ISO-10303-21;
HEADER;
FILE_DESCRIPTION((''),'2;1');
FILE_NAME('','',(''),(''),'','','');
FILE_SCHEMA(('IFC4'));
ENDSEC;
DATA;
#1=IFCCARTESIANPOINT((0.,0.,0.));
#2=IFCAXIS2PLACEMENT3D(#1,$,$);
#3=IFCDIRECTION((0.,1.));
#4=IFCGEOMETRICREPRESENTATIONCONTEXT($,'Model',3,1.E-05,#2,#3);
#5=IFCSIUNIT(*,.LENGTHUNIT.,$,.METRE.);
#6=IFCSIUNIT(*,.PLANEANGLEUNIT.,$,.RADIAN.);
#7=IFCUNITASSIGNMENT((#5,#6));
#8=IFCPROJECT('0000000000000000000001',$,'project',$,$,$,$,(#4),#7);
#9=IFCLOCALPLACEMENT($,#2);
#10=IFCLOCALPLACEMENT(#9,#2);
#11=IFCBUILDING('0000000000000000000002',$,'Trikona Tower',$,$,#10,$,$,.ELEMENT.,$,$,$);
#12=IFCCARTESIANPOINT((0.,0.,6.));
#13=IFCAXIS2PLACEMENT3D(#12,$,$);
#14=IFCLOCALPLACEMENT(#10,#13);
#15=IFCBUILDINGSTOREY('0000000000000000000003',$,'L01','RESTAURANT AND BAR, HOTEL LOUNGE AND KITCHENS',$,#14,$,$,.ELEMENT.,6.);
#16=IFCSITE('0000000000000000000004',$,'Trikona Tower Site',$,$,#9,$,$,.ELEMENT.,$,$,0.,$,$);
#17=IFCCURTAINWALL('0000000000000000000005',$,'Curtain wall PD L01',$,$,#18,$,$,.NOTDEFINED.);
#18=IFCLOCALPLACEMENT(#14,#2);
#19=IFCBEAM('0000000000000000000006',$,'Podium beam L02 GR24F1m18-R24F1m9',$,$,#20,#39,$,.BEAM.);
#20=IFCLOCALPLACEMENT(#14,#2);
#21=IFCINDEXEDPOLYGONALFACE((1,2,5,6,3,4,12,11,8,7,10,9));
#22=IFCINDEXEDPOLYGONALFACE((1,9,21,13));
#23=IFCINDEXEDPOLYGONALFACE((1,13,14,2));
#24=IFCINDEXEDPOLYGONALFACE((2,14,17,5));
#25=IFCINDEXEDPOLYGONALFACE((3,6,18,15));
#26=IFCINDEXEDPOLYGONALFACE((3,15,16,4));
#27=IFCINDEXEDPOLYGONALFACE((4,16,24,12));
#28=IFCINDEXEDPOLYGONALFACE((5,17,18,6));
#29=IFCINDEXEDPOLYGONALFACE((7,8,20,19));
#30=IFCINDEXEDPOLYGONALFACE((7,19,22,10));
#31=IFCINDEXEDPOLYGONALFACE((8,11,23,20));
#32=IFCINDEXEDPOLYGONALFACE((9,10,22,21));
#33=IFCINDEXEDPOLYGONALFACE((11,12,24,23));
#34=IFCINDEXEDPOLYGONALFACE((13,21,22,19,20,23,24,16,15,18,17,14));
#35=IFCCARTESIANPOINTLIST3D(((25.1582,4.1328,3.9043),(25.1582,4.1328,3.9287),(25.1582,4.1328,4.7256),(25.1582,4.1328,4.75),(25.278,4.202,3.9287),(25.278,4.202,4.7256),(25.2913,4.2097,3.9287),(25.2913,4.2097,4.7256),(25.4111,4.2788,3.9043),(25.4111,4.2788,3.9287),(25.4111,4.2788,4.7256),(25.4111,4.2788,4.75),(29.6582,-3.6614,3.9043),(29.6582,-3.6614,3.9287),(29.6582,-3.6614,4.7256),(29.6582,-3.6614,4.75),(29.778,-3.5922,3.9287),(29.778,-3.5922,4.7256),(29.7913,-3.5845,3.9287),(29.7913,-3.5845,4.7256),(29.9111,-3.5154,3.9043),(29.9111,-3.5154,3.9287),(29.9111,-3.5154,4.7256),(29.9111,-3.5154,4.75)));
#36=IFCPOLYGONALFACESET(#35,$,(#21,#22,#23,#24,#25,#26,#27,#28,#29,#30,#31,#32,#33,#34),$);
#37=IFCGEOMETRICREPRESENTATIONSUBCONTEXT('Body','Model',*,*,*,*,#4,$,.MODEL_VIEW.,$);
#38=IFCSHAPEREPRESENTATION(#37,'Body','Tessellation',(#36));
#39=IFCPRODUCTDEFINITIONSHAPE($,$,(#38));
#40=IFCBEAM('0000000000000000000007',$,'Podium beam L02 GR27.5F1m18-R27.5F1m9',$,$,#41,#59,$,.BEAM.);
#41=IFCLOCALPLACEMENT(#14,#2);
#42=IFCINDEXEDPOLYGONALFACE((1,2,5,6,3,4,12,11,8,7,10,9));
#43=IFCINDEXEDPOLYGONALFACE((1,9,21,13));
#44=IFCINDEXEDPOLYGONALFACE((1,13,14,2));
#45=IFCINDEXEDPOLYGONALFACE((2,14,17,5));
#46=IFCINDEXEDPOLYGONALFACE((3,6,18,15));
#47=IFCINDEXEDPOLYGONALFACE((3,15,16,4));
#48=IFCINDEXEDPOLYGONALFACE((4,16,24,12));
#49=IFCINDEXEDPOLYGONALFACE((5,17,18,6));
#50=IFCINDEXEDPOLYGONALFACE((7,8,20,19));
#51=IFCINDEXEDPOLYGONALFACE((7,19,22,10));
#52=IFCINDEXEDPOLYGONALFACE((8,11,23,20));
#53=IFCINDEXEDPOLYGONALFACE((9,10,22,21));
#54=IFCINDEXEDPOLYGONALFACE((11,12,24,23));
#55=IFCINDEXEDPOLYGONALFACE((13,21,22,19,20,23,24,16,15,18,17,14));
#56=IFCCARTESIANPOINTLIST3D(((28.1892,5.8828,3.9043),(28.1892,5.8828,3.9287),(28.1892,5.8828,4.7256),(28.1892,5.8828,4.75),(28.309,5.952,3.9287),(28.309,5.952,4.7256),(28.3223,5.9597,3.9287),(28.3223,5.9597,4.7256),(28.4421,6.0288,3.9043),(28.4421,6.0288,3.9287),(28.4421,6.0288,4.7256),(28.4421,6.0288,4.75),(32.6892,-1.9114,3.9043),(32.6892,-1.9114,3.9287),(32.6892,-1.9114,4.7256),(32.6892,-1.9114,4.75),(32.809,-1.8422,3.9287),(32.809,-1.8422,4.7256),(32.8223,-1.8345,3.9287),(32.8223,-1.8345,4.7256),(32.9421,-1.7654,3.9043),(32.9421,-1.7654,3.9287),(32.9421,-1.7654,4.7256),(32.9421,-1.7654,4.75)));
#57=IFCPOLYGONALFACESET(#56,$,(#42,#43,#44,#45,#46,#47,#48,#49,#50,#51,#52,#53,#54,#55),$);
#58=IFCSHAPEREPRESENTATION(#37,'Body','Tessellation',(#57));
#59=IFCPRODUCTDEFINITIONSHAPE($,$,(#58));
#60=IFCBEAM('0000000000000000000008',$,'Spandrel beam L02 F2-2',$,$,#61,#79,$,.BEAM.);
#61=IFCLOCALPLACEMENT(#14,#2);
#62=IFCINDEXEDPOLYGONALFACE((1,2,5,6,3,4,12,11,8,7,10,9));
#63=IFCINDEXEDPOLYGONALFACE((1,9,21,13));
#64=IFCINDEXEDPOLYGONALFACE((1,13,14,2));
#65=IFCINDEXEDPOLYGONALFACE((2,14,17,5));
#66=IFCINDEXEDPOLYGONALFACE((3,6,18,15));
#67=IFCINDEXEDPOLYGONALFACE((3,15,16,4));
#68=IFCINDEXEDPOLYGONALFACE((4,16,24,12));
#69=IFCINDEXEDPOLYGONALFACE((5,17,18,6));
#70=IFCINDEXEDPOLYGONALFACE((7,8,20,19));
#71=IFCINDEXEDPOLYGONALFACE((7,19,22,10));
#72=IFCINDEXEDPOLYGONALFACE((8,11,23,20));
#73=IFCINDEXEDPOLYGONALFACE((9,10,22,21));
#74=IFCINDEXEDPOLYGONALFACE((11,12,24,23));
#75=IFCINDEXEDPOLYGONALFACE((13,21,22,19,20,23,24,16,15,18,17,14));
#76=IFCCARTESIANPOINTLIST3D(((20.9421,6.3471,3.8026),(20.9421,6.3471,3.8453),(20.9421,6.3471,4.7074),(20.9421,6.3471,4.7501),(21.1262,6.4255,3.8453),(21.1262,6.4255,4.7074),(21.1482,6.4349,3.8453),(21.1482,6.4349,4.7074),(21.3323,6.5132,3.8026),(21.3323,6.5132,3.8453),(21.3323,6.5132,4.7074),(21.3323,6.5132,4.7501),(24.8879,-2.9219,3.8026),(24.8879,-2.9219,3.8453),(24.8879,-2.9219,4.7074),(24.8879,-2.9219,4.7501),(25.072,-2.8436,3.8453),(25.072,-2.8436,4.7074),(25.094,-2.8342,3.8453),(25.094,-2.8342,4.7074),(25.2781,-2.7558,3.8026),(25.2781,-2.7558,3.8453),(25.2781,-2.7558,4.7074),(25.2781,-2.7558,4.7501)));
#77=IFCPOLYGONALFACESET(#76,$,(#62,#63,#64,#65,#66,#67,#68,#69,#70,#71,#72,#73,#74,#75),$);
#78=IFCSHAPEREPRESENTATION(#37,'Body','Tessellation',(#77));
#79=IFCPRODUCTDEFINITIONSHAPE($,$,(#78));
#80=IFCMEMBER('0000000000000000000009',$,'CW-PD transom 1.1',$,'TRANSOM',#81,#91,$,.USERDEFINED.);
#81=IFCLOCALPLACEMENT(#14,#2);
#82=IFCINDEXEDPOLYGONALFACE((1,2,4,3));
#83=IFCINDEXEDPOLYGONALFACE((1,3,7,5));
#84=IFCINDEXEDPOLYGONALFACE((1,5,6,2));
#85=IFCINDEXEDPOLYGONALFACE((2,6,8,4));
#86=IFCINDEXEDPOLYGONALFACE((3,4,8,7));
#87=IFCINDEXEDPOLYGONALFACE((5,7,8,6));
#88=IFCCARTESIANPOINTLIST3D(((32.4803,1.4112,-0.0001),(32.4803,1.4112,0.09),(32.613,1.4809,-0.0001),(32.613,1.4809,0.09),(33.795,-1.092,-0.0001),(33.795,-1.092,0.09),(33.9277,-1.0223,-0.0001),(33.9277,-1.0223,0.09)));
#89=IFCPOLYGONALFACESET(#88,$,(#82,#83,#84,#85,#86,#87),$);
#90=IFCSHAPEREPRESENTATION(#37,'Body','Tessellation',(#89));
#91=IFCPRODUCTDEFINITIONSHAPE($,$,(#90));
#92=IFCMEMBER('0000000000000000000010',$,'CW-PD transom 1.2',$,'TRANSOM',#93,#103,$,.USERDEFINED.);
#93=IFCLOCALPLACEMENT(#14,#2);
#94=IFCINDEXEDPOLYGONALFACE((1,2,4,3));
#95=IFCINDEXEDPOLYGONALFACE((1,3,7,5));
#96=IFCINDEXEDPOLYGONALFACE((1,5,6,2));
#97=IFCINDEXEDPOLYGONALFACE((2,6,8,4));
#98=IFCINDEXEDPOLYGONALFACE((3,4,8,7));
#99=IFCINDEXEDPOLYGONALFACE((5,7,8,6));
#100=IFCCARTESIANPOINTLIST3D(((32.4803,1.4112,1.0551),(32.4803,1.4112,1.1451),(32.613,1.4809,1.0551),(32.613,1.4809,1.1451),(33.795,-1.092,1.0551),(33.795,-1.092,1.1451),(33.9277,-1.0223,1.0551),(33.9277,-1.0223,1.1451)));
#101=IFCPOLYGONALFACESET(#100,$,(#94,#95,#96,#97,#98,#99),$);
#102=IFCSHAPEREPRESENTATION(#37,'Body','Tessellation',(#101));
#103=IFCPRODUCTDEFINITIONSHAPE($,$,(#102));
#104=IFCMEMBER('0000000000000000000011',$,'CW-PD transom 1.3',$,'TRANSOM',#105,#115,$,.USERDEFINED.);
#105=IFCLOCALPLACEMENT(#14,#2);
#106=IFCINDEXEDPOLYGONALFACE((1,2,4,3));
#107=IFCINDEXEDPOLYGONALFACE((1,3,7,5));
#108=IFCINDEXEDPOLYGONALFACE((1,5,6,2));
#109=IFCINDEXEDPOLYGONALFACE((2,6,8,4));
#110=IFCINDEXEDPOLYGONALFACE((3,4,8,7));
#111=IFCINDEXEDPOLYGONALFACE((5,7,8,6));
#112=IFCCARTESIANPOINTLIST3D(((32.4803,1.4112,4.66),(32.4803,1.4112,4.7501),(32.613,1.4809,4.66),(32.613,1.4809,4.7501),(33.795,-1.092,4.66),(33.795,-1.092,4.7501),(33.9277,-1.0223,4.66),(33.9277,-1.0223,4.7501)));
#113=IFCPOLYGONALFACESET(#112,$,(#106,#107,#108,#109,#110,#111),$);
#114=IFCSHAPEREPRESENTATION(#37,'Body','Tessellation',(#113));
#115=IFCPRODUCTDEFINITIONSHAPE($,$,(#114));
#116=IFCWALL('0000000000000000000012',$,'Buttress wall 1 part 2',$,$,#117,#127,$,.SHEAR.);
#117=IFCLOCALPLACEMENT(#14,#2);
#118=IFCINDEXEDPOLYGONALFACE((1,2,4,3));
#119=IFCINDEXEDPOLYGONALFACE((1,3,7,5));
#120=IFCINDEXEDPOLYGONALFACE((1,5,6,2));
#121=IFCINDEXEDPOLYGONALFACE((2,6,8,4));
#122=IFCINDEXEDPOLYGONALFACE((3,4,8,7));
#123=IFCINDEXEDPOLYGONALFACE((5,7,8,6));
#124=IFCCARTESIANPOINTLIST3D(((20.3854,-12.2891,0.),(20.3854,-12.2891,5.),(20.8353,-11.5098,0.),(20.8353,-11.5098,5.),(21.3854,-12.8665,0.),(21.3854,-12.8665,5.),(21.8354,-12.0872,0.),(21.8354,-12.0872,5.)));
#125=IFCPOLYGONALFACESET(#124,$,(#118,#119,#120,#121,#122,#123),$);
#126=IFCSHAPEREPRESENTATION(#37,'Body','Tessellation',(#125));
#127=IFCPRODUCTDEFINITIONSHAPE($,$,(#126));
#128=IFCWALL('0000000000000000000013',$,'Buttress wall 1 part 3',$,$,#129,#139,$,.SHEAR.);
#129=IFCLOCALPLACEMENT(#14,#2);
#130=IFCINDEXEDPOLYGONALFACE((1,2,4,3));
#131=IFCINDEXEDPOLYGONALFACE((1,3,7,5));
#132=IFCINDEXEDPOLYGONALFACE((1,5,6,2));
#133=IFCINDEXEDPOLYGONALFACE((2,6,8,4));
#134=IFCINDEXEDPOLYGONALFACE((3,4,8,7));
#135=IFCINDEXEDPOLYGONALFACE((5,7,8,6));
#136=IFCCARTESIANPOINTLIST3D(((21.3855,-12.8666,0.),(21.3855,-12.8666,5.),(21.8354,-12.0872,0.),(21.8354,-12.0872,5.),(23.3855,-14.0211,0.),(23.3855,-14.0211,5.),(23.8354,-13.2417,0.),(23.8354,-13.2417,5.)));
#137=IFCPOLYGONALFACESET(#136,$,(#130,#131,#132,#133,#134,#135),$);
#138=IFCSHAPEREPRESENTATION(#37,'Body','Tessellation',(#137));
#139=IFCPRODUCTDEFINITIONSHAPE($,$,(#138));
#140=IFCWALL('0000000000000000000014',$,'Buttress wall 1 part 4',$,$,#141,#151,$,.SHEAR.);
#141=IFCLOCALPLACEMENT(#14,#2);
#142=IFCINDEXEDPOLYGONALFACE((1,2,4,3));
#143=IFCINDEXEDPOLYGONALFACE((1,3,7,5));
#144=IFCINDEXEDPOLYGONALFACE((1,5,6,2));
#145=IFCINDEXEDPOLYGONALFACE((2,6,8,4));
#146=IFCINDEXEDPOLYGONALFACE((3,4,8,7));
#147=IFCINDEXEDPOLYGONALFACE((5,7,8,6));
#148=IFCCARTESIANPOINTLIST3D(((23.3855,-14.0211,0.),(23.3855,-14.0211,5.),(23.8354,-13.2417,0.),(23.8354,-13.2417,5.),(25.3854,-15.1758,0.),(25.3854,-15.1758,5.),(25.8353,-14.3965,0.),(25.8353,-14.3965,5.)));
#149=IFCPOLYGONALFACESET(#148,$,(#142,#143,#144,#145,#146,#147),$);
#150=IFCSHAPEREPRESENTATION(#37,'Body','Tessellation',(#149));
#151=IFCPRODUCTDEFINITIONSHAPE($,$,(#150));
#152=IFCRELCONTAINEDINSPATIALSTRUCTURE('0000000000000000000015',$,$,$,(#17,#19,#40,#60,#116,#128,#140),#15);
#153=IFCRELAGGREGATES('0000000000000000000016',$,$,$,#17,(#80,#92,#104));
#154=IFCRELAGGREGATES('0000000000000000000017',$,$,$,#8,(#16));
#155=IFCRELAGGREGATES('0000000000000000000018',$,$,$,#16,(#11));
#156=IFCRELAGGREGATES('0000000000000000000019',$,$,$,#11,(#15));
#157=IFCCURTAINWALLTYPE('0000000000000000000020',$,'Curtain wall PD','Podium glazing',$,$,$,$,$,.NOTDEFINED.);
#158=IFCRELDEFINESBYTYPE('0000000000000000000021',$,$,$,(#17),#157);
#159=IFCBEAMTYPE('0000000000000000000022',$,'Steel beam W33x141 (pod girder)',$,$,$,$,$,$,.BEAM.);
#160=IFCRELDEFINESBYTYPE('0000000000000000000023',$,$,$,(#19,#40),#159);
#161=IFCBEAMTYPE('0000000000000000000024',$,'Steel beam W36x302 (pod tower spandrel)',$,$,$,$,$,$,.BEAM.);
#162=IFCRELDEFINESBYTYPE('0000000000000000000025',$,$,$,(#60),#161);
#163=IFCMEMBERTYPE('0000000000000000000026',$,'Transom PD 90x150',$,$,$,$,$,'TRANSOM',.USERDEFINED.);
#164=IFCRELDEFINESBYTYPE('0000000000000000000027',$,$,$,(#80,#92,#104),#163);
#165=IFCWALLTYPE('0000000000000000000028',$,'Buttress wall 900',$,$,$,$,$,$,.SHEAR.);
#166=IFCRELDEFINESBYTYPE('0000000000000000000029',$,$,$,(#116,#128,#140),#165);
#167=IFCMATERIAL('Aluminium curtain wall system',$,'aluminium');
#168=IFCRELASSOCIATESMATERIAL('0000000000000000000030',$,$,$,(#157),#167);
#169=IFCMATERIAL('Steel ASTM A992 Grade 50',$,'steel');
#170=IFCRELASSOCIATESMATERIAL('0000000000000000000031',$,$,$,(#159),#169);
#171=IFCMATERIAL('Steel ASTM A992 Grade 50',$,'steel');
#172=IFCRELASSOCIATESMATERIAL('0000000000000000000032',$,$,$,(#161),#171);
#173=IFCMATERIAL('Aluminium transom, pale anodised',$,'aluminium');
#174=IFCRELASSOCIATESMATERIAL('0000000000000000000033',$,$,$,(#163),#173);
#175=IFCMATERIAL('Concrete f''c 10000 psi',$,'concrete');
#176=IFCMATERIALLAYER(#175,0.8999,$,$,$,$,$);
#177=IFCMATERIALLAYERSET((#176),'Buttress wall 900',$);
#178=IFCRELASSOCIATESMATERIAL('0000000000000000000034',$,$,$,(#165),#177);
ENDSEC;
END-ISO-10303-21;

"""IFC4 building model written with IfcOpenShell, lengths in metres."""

from ifc_helpers import new_model, si_unit, direction, frame, frame_2d, origin, origin_2d, place, context, subcontext, project, spatial, rectangle, i_section, extrude, material, layer, layer_set, material_profile, profile_set, type_object, element, aggregate, save


model = new_model("IFC4")

# Units and contexts
model_context = context("Model", 3, precision=1e-05, world=origin(), true_north=direction((0.0, 1.0)))
body_context = subcontext(model_context, "Body", "Model", "MODEL_VIEW")
ifc_project = project(units=[si_unit("LENGTHUNIT", "METRE"), si_unit("PLANEANGLEUNIT", "RADIAN")], contexts=[model_context])

# Site, building, storey
site_placement = place(None, origin())
site = spatial("IfcSite", under=ifc_project, at=site_placement, Name="Trikona Tower Site", CompositionType="ELEMENT", RefElevation=0.0)
building_placement = place(site_placement, origin())
building = spatial("IfcBuilding", under=site, at=building_placement, Name="Trikona Tower", CompositionType="ELEMENT")
storey_placement = place(building_placement, frame((0.0, 0.0, 6.0)))
storey = spatial("IfcBuildingStorey", under=building, at=storey_placement, Name="L01", Description="RESTAURANT AND BAR, HOTEL LOUNGE AND KITCHENS", CompositionType="ELEMENT", Elevation=6.0)

# Curtain wall
ifc_material_1 = material(Name="Aluminium curtain wall system", Category="aluminium")
curtain_wall_type = type_object("IfcCurtainWallType", Name="Curtain wall PD", Description="Podium glazing", PredefinedType="NOTDEFINED", material=ifc_material_1)
curtain_wall_1_placement = place(storey_placement, origin())
curtain_wall_1 = element("IfcCurtainWall", 1, at=curtain_wall_1_placement, inside=storey, type_object=curtain_wall_type, Name="Curtain wall PD L01", PredefinedType="NOTDEFINED")

# Beams
ifc_material_2 = material(Name="Steel ASTM A992 Grade 50", Category="steel")
ifc_material_profile_1 = material_profile(ifc_material_2, i_section(OverallWidth=0.292, OverallDepth=0.8457, WebThickness=0.0154, FlangeThickness=0.0244, at=origin_2d()), Name="W33X141")
ifc_profile_set_1 = profile_set([ifc_material_profile_1], Name="Steel ASTM A992 Grade 50")
beam_type_1 = type_object("IfcBeamType", Name="Steel beam W33x141 (pod girder)", PredefinedType="BEAM", material=ifc_profile_set_1)
for number, where, z_axis, x_axis, name in (
    (2, (29.7847, -3.5884, 4.3271), (-0.500002, 0.866024, 0.0), (-0.866024, -0.500002, 0.0), "Podium beam L02 GR24F1m18-R24F1m9"),
    (3, (32.8157, -1.8384, 4.3271), (-0.500002, 0.866024, 0.0), (-0.866024, -0.500002, 0.0), "Podium beam L02 GR27.5F1m18-R27.5F1m9"),
):
    element("IfcBeam", number, at=place(storey_placement, frame(where, z_axis=z_axis, x_axis=x_axis)), inside=storey, type_object=beam_type_1, Name=name, PredefinedType="BEAM", context=body_context, shape_type="SweptSolid", body=[
        extrude(i_section(OverallWidth=0.292, OverallDepth=0.8457, WebThickness=0.0154, FlangeThickness=0.0244, at=origin_2d()), origin(), (0.0, 0.0, 1.0), 9.0),
    ])
ifc_material_3 = material(Name="Steel ASTM A992 Grade 50", Category="steel")
ifc_material_profile_2 = material_profile(ifc_material_3, i_section(OverallWidth=0.4241, OverallDepth=0.9475, WebThickness=0.0239, FlangeThickness=0.0427, at=origin_2d()), Name="W36X302")
ifc_profile_set_2 = profile_set([ifc_material_profile_2], Name="Steel ASTM A992 Grade 50")
beam_type_2 = type_object("IfcBeamType", Name="Steel beam W36x302 (pod tower spandrel)", PredefinedType="BEAM", material=ifc_profile_set_2)
beam_1_placement = place(storey_placement, frame((25.083, -2.8389, 4.2764), z_axis=(-0.391684, 0.9201, 0.0), x_axis=(-0.9201, -0.391684, 0.0)))
element("IfcBeam", 4, at=beam_1_placement, inside=storey, type_object=beam_type_2, Name="Spandrel beam L02 F2-2", PredefinedType="BEAM", context=body_context, shape_type="SweptSolid", body=[
    extrude(i_section(OverallWidth=0.4241, OverallDepth=0.9475, WebThickness=0.0239, FlangeThickness=0.0427, at=origin_2d()), origin(), (0.0, 0.0, 1.0), 10.074),
])

# Members
ifc_material_4 = material(Name="Aluminium transom, pale anodised", Category="aluminium")
ifc_material_profile_3 = material_profile(ifc_material_4, rectangle(XDim=0.1499, YDim=0.0901, at=origin_2d()), Name="TRN-PD")
ifc_profile_set_3 = profile_set([ifc_material_profile_3], Name="Aluminium transom, pale anodised")
member_type_1 = type_object("IfcMemberType", Name="Transom PD 90x150", ElementType="TRANSOM", PredefinedType="USERDEFINED", material=ifc_profile_set_3)
member_1_placement = place(storey_placement, frame((33.8613, -1.0571, 0.0449), z_axis=(-0.464981, 0.885321, 0.0), x_axis=(-0.885321, -0.464981, 0.0)))
member_1 = element("IfcMember", 5, at=member_1_placement, type_object=member_type_1, Name="CW-PD transom 1.1", ObjectType="TRANSOM", PredefinedType="USERDEFINED", context=body_context, shape_type="SweptSolid", body=[
    extrude(rectangle(XDim=0.1499, YDim=0.0901, at=origin_2d()), origin(), (0.0, 0.0, 1.0), 2.8274),
])
member_2_placement = place(storey_placement, frame((33.8613, -1.0571, 1.1001), z_axis=(-0.464981, 0.885321, 0.0), x_axis=(-0.885321, -0.464981, 0.0)))
member_2 = element("IfcMember", 6, at=member_2_placement, type_object=member_type_1, Name="CW-PD transom 1.2", ObjectType="TRANSOM", PredefinedType="USERDEFINED", context=body_context, shape_type="SweptSolid", body=[
    extrude(rectangle(XDim=0.1499, YDim=0.0901, at=origin_2d()), origin(), (0.0, 0.0, 1.0), 2.8274),
])
member_3_placement = place(storey_placement, frame((33.8613, -1.0571, 4.7051), z_axis=(-0.464981, 0.885321, 0.0), x_axis=(-0.885321, -0.464981, 0.0)))
member_3 = element("IfcMember", 7, at=member_3_placement, type_object=member_type_1, Name="CW-PD transom 1.3", ObjectType="TRANSOM", PredefinedType="USERDEFINED", context=body_context, shape_type="SweptSolid", body=[
    extrude(rectangle(XDim=0.1499, YDim=0.0901, at=origin_2d()), origin(), (0.0, 0.0, 1.0), 2.8274),
])
aggregate(curtain_wall_1, [member_1, member_2, member_3])

# Walls
ifc_material_5 = material(Name="Concrete f'c 10000 psi", Category="concrete")
ifc_layer_1 = layer(ifc_material_5, 0.8999)
ifc_layer_set_1 = layer_set([ifc_layer_1], Name="Buttress wall 900")
wall_type_1 = type_object("IfcWallType", Name="Buttress wall 900", PredefinedType="SHEAR", material=ifc_layer_set_1)
wall_1_placement = place(storey_placement, frame((20.6104, -11.8994, 0.0), z_axis=(0.0, 0.0, 1.0), x_axis=(0.86601, -0.500027, 0.0)))
element("IfcWall", 8, at=wall_1_placement, inside=storey, type_object=wall_type_1, Name="Buttress wall 1 part 2", PredefinedType="SHEAR", context=body_context, shape_type="SweptSolid", body=[
    extrude(rectangle(XDim=1.1548, YDim=0.8999, at=frame_2d((0.5774, 0.0))), origin(), (0.0, 0.0, 1.0), 5.0),
])
for number, where, z_axis, x_axis, name in (
    (9, (21.6104, -12.4768, 0.0), (0.0, 0.0, 1.0), (0.866055, -0.499948, 0.0), "Buttress wall 1 part 3"),
    (10, (23.6104, -13.6313, 0.0), (0.0, 0.0, 1.0), (0.86601, -0.500027, 0.0), "Buttress wall 1 part 4"),
):
    element("IfcWall", number, at=place(storey_placement, frame(where, z_axis=z_axis, x_axis=x_axis)), inside=storey, type_object=wall_type_1, Name=name, PredefinedType="SHEAR", context=body_context, shape_type="SweptSolid", body=[
        extrude(rectangle(XDim=2.3093, YDim=0.8999, at=frame_2d((1.1548, 0.0))), origin(), (0.0, 0.0, 1.0), 5.0),
    ])

save(model, "model.ifc")
